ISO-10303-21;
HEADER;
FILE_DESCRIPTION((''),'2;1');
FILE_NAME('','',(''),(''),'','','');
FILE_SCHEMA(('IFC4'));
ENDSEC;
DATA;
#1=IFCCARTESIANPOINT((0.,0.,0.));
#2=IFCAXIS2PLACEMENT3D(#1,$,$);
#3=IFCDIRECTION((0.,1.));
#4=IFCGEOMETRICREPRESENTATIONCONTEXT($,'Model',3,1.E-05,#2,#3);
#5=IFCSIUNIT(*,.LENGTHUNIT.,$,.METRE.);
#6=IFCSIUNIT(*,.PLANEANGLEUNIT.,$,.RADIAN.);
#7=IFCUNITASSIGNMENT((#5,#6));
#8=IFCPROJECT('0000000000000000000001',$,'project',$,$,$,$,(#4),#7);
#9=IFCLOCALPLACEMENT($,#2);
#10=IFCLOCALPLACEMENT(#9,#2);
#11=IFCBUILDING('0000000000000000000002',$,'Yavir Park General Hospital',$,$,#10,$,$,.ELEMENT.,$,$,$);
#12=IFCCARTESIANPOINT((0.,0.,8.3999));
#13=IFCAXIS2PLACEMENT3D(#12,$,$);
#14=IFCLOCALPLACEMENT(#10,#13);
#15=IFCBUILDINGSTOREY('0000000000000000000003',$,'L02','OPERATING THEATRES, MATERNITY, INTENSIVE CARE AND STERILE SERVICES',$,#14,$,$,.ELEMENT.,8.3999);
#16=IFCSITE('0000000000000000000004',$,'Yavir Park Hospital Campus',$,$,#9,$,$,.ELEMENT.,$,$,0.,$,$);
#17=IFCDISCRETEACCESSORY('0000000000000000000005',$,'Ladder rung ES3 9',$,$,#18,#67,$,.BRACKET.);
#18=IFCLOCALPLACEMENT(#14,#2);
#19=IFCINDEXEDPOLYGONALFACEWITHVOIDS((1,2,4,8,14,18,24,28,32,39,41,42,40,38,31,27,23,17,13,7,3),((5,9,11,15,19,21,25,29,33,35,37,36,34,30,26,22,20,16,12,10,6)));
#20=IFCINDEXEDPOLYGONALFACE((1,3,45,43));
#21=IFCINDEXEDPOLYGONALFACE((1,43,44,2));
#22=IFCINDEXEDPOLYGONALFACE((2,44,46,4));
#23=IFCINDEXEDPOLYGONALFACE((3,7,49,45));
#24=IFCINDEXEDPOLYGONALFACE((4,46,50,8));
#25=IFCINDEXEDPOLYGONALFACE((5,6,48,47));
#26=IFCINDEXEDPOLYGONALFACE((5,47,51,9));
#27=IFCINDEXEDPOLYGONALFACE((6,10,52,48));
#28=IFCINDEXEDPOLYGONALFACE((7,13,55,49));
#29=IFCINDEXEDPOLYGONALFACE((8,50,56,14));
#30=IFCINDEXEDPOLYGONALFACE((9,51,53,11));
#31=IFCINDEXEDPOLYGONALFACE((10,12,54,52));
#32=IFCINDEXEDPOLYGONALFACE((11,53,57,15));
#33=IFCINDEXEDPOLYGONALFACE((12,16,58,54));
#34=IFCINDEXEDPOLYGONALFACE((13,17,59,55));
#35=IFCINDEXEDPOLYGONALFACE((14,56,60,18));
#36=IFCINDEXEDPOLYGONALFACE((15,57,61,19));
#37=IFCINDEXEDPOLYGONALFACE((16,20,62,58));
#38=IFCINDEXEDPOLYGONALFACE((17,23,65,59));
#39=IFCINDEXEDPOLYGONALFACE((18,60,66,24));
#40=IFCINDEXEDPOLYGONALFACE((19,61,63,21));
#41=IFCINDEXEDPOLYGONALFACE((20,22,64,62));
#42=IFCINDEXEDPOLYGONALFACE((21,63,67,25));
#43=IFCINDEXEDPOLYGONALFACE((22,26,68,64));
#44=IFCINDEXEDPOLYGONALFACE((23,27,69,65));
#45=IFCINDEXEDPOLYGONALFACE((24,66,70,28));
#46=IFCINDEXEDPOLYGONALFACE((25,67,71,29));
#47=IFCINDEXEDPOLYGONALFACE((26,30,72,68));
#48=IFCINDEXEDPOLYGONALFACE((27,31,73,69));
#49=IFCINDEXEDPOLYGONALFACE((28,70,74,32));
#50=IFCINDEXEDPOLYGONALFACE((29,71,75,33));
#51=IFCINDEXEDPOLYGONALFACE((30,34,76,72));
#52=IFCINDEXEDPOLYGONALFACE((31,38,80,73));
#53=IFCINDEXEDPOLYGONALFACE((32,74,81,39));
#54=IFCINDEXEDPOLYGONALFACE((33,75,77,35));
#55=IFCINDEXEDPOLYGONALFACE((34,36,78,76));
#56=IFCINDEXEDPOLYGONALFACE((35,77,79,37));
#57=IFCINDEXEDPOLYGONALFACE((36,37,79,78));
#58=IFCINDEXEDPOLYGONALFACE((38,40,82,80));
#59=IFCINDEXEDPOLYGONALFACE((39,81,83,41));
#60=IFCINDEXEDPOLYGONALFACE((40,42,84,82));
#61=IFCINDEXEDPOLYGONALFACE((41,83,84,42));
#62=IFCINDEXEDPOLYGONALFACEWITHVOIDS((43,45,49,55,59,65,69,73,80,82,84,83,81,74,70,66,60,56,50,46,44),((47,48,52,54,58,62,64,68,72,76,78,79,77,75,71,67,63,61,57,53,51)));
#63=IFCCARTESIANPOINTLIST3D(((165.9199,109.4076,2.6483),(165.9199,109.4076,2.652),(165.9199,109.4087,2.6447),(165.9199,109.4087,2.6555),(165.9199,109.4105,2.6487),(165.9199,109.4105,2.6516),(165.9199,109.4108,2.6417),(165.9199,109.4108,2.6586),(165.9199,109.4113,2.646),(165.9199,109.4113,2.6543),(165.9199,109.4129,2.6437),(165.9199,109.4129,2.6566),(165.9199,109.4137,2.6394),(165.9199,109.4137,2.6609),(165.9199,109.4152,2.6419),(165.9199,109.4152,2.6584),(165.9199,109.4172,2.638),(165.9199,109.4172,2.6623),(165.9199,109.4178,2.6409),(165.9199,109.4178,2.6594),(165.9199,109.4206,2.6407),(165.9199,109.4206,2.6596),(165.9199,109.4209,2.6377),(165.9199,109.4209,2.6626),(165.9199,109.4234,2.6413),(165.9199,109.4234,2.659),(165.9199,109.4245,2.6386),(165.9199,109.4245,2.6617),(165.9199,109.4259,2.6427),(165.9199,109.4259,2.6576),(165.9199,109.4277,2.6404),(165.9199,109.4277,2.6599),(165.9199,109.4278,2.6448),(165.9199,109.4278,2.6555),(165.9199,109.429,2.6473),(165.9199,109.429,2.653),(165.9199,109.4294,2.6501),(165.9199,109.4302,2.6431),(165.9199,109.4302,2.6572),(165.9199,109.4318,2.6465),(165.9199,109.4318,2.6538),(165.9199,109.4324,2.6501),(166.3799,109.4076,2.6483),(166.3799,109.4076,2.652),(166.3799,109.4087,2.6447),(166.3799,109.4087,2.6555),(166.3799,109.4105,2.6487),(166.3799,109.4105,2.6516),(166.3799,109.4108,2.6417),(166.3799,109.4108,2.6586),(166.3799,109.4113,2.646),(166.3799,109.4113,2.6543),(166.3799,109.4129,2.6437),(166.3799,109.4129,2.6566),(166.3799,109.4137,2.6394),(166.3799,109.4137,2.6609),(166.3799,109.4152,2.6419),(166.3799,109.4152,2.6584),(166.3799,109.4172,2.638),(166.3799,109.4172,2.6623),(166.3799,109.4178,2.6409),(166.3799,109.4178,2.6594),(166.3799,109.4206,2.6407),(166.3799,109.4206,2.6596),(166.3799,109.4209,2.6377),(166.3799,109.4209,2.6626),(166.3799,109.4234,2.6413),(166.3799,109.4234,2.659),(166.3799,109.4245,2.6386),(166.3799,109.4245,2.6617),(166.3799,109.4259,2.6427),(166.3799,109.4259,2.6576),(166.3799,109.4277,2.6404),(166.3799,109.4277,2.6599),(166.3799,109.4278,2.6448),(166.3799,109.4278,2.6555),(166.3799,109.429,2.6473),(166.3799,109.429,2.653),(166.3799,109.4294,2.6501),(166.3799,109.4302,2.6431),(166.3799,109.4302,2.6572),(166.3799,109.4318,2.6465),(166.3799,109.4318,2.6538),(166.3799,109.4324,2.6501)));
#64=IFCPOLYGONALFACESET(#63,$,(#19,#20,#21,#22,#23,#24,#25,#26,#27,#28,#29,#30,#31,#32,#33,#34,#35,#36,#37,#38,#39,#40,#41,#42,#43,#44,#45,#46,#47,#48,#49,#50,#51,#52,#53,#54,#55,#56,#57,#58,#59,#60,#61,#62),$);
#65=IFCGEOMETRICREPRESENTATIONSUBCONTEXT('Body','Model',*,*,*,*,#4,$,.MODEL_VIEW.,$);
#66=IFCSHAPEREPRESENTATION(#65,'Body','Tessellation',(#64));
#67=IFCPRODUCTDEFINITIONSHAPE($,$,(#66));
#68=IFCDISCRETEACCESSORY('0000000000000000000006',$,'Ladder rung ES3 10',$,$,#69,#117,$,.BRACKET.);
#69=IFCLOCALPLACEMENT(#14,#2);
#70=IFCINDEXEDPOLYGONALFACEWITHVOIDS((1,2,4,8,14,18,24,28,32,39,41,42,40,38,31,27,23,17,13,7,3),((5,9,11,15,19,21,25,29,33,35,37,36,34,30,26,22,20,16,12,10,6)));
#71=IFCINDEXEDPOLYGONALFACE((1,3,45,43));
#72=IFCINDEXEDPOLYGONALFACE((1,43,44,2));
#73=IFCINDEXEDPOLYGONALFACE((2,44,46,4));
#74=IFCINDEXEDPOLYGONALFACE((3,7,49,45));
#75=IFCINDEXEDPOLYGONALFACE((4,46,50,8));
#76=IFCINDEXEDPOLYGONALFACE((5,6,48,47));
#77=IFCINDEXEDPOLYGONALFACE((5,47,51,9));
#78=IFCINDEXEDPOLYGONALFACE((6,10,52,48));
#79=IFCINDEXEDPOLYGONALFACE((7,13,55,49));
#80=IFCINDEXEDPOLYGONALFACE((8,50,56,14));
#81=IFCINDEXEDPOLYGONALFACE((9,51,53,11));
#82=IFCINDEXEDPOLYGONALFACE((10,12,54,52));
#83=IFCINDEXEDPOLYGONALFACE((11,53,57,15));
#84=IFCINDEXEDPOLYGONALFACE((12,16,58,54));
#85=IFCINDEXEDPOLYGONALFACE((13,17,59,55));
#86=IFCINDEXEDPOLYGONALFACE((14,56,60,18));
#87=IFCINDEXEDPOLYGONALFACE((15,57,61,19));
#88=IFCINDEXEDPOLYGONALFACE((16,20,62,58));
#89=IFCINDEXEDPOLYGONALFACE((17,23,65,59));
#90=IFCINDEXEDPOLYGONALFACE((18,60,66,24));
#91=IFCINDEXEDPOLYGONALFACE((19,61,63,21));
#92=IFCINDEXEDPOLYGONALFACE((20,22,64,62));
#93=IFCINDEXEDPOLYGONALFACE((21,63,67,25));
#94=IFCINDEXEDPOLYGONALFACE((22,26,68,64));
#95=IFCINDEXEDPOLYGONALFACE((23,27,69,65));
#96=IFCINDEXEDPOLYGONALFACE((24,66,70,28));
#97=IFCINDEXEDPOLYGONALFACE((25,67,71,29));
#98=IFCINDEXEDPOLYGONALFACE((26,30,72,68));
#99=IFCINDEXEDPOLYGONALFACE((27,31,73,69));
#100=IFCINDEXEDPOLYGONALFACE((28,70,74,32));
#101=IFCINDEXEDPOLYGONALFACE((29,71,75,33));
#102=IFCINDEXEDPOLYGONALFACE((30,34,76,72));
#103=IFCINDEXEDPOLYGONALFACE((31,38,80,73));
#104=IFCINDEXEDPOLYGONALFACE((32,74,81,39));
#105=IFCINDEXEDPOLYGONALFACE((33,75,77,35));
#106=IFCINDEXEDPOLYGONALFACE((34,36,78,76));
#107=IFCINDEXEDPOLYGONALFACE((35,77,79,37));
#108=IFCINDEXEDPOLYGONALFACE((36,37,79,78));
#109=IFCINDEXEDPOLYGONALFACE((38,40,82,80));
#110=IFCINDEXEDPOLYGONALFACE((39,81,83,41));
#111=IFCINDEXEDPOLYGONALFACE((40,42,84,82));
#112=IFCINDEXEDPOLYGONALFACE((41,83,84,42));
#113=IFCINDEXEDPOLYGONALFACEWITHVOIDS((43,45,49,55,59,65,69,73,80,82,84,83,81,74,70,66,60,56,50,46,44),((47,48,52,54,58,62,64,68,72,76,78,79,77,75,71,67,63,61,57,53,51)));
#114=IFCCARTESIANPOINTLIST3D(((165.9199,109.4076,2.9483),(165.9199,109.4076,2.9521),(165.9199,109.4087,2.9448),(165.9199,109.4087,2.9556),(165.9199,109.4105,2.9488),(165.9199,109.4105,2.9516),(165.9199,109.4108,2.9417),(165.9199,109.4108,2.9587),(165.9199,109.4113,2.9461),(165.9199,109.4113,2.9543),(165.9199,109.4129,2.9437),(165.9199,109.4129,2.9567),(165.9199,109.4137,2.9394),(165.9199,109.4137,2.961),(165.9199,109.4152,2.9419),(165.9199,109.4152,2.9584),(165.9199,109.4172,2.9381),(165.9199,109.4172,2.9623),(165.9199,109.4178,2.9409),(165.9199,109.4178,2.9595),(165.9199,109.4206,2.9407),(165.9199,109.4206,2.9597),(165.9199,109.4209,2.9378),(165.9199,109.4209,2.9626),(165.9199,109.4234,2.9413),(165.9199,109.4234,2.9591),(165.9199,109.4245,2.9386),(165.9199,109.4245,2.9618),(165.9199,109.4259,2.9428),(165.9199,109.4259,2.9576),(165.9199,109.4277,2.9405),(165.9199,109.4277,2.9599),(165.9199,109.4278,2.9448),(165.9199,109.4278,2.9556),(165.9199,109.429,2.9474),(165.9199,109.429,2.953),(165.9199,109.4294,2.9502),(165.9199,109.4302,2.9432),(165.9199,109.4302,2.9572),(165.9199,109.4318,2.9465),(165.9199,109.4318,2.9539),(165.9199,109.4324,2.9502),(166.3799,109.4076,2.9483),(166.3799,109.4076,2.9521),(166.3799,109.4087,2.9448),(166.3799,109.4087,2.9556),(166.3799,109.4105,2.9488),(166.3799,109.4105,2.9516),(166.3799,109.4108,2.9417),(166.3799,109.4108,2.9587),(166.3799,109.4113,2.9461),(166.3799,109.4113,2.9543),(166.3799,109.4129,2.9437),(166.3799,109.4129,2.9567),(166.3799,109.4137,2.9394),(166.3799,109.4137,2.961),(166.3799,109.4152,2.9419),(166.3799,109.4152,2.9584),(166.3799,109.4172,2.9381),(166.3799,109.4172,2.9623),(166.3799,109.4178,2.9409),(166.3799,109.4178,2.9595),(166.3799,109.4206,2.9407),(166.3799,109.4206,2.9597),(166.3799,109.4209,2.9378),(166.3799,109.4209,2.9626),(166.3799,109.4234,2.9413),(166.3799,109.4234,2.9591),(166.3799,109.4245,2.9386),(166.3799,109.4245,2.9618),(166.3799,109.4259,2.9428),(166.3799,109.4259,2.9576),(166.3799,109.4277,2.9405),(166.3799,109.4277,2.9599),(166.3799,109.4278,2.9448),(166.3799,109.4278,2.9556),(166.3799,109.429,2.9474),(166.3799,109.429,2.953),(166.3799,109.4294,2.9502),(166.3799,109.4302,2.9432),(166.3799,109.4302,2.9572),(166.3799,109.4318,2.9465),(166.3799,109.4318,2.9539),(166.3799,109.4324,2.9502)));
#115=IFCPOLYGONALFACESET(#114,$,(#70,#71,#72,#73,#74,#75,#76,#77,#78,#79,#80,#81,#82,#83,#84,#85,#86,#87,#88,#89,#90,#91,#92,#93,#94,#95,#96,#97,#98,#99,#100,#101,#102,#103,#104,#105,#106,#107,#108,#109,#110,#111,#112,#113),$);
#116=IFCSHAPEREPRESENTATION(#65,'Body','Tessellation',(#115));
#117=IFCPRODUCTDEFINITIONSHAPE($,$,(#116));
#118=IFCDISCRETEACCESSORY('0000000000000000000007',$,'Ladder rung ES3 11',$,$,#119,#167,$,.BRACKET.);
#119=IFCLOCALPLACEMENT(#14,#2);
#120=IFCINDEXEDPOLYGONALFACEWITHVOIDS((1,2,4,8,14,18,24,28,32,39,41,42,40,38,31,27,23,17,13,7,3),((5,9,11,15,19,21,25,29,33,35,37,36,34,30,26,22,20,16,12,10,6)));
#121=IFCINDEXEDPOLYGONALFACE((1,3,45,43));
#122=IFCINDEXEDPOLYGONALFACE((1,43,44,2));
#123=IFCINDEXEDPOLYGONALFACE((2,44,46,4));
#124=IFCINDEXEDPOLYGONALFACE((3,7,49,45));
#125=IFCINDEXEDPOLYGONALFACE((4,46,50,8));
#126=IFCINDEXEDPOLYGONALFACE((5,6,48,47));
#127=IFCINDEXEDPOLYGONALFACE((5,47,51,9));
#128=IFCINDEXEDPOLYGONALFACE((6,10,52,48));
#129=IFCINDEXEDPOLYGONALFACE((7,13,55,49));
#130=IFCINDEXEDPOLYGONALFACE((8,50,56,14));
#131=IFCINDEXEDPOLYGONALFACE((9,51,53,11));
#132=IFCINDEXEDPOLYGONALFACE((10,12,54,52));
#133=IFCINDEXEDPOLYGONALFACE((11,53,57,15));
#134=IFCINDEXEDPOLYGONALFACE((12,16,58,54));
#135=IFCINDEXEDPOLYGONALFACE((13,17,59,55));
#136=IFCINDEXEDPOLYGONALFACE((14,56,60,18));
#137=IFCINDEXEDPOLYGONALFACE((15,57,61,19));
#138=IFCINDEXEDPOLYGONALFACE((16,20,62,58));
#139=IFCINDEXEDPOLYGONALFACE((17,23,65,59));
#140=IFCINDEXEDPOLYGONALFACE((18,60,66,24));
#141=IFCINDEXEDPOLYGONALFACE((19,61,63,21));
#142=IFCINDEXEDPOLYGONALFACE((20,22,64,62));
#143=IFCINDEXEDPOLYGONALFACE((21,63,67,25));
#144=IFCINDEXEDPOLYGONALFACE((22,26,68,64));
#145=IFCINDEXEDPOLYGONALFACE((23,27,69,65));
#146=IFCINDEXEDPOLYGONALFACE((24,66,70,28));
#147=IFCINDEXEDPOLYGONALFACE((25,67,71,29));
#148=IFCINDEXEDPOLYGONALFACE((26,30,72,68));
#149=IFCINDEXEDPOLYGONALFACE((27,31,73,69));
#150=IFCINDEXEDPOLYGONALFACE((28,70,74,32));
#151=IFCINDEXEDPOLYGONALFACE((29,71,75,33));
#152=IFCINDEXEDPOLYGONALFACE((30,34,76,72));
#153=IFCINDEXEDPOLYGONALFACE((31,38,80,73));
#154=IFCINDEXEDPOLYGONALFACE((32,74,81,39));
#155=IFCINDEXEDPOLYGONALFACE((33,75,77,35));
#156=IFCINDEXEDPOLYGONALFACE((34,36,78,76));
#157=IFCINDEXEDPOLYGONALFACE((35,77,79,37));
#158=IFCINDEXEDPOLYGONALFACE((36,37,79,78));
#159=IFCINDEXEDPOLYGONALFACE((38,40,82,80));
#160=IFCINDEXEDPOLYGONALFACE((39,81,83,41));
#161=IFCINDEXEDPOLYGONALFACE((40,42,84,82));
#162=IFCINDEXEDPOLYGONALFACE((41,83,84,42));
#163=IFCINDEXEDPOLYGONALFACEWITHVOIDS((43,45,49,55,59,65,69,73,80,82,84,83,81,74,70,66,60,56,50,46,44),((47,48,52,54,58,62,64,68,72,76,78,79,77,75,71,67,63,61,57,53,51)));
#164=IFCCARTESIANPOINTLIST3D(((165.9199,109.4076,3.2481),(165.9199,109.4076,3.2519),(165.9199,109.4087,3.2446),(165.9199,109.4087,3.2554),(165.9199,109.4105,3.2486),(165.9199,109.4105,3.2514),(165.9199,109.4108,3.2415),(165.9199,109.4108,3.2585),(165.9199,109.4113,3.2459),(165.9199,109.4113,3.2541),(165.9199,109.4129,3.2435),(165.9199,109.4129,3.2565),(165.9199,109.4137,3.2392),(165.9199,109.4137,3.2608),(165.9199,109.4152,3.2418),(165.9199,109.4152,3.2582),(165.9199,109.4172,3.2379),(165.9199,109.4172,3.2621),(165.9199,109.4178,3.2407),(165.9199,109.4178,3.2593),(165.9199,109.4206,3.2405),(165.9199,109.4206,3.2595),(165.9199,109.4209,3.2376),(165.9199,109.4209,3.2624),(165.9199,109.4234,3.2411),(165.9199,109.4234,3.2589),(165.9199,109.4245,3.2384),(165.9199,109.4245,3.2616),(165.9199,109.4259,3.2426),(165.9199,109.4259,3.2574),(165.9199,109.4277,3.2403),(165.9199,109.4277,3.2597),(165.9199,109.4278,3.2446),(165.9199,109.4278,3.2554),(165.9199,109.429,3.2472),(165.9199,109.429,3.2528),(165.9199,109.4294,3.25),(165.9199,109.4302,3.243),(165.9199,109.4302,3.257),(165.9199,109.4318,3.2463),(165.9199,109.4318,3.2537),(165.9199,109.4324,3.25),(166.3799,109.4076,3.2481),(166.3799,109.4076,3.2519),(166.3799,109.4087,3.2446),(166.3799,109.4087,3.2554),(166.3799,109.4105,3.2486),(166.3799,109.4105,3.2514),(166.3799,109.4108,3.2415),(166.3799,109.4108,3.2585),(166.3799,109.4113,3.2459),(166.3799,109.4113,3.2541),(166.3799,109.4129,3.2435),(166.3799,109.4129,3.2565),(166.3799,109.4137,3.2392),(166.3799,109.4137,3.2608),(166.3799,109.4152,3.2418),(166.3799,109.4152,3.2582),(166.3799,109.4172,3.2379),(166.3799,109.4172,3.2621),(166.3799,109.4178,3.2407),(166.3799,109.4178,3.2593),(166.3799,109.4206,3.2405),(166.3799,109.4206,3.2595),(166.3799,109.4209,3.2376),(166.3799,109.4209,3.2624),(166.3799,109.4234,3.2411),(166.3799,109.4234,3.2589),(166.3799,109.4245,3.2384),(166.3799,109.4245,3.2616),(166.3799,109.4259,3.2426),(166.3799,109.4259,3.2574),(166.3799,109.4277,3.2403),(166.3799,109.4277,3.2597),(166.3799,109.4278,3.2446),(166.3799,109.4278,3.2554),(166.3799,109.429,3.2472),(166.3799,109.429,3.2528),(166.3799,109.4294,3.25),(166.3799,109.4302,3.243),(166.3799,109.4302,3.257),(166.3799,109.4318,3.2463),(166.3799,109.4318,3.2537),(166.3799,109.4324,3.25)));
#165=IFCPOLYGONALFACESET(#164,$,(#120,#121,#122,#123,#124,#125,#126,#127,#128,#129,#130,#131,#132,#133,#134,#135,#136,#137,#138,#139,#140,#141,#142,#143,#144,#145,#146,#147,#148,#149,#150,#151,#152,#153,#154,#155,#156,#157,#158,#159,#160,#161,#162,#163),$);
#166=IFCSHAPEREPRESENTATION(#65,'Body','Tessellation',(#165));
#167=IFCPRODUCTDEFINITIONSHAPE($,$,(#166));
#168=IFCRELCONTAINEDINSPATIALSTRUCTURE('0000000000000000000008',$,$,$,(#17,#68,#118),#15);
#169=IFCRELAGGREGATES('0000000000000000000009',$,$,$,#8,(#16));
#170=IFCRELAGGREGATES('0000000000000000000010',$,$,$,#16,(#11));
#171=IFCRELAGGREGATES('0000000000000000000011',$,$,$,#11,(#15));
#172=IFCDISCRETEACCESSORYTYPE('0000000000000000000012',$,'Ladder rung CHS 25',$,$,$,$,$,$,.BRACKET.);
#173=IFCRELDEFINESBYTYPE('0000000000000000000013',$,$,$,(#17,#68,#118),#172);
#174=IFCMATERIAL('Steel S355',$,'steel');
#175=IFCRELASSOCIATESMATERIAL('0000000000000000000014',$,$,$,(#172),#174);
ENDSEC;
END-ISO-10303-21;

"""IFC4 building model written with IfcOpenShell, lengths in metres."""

from ifc_helpers import new_model, si_unit, direction, frame, origin, origin_2d, place, context, subcontext, project, spatial, hollow_circle, extrude, material, material_profile, profile_set, type_object, element, save


model = new_model("IFC4")

# Units and contexts
model_context = context("Model", 3, precision=1e-05, world=origin(), true_north=direction((0.0, 1.0)))
body_context = subcontext(model_context, "Body", "Model", "MODEL_VIEW")
ifc_project = project(units=[si_unit("LENGTHUNIT", "METRE"), si_unit("PLANEANGLEUNIT", "RADIAN")], contexts=[model_context])

# Site, building, storey
site_placement = place(None, origin())
site = spatial("IfcSite", under=ifc_project, at=site_placement, Name="Yavir Park Hospital Campus", CompositionType="ELEMENT", RefElevation=0.0)
building_placement = place(site_placement, origin())
building = spatial("IfcBuilding", under=site, at=building_placement, Name="Yavir Park General Hospital", CompositionType="ELEMENT")
storey_placement = place(building_placement, frame((0.0, 0.0, 8.3999)))
storey = spatial("IfcBuildingStorey", under=building, at=storey_placement, Name="L02", Description="OPERATING THEATRES, MATERNITY, INTENSIVE CARE AND STERILE SERVICES", CompositionType="ELEMENT", Elevation=8.3999)

# Discrete accessories
ifc_material_1 = material(Name="Steel S355", Category="steel")
ifc_material_profile_1 = material_profile(ifc_material_1, hollow_circle(Radius=0.0125, WallThickness=0.0029, at=origin_2d()), Name="CHS25x3")
ifc_profile_set_1 = profile_set([ifc_material_profile_1], Name="Steel S355")
discrete_accessory_type_1 = type_object("IfcDiscreteAccessoryType", Name="Ladder rung CHS 25", PredefinedType="BRACKET", material=ifc_profile_set_1)
for number, where, z_axis, x_axis, name in (
    (1, (165.9199, 109.4199, 2.6501), (1.0, 0.0, 0.0), (0.0, 1.0, 0.0), "Ladder rung ES3 9"),
    (2, (165.9199, 109.4199, 2.9502), (1.0, 0.0, 0.0), (0.0, 1.0, 0.0), "Ladder rung ES3 10"),
    (3, (165.9199, 109.4199, 3.25), (1.0, 0.0, 0.0), (0.0, 1.0, 0.0), "Ladder rung ES3 11"),
):
    element("IfcDiscreteAccessory", number, at=place(storey_placement, frame(where, z_axis=z_axis, x_axis=x_axis)), inside=storey, type_object=discrete_accessory_type_1, Name=name, PredefinedType="BRACKET", context=body_context, shape_type="SweptSolid", body=[
        extrude(hollow_circle(Radius=0.0125, WallThickness=0.0029, at=origin_2d()), origin(), (0.0, 0.0, 1.0), 0.46),
    ])

save(model, "model.ifc")
